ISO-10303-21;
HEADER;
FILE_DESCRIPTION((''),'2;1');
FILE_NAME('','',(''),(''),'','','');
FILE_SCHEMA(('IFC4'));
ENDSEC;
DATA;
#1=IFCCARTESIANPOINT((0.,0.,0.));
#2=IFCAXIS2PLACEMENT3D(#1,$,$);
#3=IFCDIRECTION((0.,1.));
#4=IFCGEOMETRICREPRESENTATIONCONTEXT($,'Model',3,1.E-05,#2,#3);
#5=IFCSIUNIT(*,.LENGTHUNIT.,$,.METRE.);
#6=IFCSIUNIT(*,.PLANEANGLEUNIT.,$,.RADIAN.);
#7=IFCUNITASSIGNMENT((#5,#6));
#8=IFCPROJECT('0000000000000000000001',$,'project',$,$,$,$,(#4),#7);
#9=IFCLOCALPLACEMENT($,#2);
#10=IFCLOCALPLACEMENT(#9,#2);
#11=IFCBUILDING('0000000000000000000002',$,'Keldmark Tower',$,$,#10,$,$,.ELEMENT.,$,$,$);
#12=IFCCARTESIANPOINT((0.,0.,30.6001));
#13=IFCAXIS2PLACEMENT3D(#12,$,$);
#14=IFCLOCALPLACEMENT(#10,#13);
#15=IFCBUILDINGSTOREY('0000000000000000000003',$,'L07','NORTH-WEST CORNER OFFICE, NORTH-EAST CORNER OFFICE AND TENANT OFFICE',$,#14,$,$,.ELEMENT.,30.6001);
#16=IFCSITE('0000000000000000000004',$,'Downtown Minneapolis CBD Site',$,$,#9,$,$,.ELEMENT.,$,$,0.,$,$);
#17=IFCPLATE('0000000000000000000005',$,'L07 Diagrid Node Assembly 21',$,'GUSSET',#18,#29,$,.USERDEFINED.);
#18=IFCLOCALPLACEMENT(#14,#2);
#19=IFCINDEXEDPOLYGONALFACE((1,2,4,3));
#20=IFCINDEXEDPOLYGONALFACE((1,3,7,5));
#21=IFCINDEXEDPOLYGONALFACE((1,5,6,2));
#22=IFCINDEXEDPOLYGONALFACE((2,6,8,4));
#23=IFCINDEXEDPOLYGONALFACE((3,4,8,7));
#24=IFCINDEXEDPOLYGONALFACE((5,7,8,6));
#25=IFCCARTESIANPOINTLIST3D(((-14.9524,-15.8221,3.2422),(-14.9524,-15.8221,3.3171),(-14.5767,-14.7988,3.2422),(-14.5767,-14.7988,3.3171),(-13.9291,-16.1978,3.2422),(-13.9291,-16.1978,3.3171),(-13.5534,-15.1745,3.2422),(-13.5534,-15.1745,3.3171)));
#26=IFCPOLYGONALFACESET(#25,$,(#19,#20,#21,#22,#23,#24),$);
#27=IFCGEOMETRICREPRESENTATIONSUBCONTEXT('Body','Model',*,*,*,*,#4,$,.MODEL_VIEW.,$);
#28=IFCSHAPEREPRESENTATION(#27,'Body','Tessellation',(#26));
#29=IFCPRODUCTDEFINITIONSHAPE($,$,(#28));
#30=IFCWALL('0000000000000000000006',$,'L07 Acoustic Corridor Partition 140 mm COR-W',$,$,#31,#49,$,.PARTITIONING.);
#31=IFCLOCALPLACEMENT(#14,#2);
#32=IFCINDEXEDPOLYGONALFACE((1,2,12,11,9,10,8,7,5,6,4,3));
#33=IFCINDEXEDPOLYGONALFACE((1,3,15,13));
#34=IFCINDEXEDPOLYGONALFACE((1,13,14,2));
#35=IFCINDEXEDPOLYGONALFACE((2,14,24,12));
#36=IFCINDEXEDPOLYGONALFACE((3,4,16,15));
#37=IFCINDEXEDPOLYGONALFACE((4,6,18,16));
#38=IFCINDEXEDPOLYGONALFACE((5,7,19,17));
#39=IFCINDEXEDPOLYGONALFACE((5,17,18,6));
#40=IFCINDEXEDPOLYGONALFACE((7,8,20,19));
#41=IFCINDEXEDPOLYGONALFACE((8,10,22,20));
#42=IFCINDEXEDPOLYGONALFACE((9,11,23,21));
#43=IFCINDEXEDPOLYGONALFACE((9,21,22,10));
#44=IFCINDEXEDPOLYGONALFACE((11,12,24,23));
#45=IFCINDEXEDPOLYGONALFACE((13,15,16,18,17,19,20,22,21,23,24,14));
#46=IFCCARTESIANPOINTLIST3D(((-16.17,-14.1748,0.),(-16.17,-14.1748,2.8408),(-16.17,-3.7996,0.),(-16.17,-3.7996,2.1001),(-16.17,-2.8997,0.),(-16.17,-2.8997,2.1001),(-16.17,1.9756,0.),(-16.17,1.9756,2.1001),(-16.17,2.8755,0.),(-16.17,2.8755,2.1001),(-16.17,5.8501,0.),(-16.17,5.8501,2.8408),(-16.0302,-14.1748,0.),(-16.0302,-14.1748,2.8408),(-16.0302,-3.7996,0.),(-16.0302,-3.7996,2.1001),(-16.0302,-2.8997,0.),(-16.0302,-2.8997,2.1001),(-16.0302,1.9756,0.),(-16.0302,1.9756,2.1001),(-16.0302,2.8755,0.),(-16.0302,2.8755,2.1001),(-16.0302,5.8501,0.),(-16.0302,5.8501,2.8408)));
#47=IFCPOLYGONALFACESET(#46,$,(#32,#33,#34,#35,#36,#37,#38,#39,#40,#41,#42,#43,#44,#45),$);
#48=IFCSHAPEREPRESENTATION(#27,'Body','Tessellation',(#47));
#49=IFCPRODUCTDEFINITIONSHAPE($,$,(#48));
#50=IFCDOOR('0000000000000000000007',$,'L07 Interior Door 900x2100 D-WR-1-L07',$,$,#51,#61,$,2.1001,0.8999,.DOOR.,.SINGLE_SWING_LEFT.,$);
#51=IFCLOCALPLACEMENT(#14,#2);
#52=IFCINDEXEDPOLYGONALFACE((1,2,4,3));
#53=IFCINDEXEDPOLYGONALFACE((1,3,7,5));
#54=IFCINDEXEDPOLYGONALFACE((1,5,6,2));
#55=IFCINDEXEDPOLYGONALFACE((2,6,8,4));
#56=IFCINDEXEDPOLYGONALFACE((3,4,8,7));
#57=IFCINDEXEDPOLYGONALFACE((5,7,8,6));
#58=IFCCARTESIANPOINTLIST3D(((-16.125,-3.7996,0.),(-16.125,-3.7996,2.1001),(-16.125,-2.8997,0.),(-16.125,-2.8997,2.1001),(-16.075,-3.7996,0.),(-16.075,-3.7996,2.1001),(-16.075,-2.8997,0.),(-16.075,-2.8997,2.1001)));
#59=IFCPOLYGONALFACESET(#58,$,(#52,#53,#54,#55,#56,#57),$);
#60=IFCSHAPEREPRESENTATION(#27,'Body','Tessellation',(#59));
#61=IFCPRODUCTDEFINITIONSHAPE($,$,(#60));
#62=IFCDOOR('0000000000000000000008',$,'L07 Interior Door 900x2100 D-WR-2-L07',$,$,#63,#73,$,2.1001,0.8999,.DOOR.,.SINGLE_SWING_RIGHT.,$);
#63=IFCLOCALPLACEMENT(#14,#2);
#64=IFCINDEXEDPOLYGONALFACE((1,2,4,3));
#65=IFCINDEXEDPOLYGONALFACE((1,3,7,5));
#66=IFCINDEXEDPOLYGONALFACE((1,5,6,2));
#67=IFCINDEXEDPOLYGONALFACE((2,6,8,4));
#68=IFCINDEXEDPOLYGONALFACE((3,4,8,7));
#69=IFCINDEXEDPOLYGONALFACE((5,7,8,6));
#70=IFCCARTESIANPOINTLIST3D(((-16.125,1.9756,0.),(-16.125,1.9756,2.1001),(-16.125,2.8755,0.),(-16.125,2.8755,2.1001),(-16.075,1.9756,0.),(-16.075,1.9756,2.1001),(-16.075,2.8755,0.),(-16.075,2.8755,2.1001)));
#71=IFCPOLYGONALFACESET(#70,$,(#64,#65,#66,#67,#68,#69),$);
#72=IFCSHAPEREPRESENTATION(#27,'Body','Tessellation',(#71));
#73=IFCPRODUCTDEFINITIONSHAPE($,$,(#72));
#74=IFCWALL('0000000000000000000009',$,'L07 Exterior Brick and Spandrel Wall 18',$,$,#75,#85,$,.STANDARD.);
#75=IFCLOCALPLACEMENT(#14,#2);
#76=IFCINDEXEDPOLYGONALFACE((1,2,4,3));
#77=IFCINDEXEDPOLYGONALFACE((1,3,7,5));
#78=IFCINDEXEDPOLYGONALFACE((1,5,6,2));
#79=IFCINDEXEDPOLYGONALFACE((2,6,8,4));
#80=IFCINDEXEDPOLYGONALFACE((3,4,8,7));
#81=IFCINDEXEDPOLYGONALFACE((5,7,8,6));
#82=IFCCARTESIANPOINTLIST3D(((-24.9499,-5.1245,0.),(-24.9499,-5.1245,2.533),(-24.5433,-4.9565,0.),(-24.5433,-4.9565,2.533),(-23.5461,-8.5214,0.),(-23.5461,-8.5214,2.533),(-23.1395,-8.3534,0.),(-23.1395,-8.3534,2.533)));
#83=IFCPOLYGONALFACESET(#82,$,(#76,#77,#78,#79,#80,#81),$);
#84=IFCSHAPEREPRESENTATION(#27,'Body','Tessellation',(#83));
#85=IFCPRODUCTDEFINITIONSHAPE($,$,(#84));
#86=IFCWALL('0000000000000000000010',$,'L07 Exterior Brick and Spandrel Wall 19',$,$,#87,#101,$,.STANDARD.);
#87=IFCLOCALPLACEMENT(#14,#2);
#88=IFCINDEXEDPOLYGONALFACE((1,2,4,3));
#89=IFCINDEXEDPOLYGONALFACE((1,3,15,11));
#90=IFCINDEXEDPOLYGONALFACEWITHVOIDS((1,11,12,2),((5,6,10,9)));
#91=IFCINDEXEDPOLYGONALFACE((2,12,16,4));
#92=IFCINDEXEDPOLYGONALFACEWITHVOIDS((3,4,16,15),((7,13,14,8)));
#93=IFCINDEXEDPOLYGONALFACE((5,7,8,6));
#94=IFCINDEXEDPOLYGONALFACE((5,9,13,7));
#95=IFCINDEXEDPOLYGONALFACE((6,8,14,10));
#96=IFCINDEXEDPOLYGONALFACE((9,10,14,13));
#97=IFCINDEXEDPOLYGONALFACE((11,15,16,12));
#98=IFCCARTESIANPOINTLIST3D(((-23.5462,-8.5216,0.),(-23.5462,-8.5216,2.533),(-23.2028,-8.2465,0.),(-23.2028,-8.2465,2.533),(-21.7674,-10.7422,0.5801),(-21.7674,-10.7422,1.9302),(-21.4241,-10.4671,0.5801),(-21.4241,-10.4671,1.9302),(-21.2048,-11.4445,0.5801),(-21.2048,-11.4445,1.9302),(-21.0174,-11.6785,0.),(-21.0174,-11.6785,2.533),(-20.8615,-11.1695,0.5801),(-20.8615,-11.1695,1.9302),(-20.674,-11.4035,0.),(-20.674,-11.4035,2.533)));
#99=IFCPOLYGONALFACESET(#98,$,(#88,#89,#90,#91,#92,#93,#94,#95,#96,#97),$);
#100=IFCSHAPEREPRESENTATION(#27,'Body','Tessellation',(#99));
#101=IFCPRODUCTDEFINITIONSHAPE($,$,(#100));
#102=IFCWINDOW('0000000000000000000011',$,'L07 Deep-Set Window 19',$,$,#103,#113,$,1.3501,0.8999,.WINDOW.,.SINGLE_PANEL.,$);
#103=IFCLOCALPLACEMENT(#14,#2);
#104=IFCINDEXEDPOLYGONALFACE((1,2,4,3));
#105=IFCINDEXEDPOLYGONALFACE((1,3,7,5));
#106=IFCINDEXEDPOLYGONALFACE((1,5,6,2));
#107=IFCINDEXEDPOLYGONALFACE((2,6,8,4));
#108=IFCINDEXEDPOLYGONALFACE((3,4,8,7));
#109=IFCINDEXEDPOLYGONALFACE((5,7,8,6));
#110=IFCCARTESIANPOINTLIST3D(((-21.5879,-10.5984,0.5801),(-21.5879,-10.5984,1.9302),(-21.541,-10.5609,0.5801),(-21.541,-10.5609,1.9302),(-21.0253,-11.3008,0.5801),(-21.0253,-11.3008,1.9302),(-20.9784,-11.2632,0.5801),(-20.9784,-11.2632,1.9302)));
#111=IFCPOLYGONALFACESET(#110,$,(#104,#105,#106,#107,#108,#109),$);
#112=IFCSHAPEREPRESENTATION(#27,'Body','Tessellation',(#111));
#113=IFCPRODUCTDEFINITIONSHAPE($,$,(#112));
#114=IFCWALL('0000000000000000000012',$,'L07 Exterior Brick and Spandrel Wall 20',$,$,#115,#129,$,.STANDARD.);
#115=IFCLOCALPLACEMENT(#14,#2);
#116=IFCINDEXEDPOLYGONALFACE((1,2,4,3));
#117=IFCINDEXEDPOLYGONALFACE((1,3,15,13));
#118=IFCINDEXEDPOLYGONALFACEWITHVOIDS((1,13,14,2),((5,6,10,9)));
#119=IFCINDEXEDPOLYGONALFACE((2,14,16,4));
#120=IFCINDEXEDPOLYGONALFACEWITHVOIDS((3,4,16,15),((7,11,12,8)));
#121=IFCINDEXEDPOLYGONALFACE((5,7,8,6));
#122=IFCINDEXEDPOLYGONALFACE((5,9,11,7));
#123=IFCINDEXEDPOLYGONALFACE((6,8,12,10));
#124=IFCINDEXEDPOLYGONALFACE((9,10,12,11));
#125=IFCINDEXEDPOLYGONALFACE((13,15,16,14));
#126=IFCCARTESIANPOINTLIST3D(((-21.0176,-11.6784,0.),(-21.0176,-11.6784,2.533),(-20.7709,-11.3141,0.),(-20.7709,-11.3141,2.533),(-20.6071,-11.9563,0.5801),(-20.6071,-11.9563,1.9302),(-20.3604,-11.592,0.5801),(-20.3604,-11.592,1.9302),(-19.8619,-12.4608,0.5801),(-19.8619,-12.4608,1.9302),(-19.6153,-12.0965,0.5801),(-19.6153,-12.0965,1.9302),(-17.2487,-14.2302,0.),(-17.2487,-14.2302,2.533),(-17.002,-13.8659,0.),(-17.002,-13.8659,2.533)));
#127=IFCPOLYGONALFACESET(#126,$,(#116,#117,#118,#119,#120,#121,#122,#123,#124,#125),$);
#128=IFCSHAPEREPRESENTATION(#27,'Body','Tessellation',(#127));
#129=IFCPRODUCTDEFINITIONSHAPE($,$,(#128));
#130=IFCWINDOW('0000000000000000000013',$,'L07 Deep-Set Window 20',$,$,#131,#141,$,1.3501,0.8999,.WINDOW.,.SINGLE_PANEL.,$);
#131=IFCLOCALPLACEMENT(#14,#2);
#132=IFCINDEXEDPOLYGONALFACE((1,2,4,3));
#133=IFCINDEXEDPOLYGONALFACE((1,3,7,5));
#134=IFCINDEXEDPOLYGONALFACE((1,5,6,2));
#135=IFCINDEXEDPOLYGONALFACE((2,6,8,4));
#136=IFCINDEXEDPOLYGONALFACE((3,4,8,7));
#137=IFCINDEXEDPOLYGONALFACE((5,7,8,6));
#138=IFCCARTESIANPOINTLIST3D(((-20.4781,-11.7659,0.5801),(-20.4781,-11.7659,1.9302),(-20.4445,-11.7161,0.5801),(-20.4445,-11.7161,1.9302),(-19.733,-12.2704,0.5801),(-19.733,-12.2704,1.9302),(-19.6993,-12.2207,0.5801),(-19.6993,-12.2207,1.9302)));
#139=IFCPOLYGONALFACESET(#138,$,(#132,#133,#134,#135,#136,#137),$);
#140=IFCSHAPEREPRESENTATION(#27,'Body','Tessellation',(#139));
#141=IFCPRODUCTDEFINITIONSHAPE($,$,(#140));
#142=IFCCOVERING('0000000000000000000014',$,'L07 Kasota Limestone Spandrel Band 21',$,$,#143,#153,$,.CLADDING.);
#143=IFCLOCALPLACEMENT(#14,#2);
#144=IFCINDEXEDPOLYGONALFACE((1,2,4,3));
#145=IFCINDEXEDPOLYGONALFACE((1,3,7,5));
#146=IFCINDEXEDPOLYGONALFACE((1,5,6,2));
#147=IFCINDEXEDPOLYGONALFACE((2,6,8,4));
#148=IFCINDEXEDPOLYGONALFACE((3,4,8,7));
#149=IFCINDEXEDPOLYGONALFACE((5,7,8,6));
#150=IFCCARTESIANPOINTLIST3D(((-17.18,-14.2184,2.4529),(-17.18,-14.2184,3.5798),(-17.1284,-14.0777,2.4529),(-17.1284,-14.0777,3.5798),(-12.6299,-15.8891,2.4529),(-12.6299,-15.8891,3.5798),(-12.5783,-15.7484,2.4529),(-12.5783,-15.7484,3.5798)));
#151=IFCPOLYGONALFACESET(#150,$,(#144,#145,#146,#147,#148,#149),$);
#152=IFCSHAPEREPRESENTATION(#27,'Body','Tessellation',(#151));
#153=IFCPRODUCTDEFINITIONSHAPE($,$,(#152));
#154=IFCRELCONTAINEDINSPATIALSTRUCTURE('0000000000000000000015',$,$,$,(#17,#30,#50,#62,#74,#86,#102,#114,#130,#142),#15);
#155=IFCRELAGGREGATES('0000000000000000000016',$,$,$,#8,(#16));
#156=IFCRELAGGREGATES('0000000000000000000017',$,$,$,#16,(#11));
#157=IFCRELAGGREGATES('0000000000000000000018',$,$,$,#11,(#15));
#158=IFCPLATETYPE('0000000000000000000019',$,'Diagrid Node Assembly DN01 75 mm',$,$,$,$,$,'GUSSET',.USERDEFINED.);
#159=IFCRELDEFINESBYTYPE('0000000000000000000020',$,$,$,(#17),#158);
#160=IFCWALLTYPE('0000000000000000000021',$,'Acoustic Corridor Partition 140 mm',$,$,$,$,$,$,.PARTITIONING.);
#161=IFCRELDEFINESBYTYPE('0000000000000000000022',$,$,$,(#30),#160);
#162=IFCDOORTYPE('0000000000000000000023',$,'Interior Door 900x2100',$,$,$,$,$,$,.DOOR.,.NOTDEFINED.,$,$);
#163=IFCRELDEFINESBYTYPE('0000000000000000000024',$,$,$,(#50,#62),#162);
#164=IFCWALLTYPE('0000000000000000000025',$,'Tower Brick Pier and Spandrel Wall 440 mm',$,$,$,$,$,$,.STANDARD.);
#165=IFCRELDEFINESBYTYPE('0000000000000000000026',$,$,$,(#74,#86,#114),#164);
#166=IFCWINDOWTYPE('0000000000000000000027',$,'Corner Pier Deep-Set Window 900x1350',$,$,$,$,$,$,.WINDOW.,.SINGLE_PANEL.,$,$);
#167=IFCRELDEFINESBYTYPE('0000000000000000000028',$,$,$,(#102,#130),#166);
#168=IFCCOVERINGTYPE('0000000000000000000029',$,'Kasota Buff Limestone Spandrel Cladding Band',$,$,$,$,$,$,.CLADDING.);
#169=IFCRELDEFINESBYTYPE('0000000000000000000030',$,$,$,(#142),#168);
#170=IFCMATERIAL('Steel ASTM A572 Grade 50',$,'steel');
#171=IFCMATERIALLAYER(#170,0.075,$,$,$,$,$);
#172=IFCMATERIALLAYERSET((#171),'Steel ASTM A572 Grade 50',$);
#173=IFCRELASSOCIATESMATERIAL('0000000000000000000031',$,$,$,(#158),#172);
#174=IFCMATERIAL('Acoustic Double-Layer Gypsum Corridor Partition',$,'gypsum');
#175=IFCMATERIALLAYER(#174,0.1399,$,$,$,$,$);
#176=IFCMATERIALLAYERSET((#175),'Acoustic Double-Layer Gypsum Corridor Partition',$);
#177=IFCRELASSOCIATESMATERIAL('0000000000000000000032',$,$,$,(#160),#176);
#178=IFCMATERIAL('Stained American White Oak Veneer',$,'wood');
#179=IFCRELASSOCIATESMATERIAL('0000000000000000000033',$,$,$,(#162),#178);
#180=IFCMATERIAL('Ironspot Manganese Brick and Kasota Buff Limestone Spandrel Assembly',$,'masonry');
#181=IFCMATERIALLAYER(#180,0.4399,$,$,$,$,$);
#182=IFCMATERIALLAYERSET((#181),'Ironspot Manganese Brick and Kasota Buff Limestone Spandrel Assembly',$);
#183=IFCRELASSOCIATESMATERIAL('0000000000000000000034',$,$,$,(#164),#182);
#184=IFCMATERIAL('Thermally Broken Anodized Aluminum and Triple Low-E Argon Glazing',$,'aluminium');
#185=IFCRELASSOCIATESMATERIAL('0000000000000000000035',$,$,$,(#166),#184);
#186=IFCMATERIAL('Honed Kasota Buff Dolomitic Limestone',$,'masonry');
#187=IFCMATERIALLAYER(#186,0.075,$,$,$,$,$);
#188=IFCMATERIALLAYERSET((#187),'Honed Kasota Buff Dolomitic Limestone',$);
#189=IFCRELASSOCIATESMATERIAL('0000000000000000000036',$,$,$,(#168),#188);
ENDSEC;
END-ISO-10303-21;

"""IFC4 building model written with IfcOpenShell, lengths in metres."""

from ifc_helpers import new_model, si_unit, direction, frame, frame_2d, origin, origin_2d, place, context, subcontext, project, spatial, rectangle, extrude, material, layer, layer_set, type_object, element, fill, save


model = new_model("IFC4")

# Units and contexts
model_context = context("Model", 3, precision=1e-05, world=origin(), true_north=direction((0.0, 1.0)))
body_context = subcontext(model_context, "Body", "Model", "MODEL_VIEW")
ifc_project = project(units=[si_unit("LENGTHUNIT", "METRE"), si_unit("PLANEANGLEUNIT", "RADIAN")], contexts=[model_context])

# Site, building, storey
site_placement = place(None, origin())
site = spatial("IfcSite", under=ifc_project, at=site_placement, Name="Downtown Minneapolis CBD Site", CompositionType="ELEMENT", RefElevation=0.0)
building_placement = place(site_placement, origin())
building = spatial("IfcBuilding", under=site, at=building_placement, Name="Keldmark Tower", CompositionType="ELEMENT")
storey_placement = place(building_placement, frame((0.0, 0.0, 30.6001)))
storey = spatial("IfcBuildingStorey", under=building, at=storey_placement, Name="L07", Description="NORTH-WEST CORNER OFFICE, NORTH-EAST CORNER OFFICE AND TENANT OFFICE", CompositionType="ELEMENT", Elevation=30.6001)

# Plate
ifc_material_1 = material(Name="Steel ASTM A572 Grade 50", Category="steel")
ifc_layer_1 = layer(ifc_material_1, 0.075)
ifc_layer_set_1 = layer_set([ifc_layer_1], Name="Steel ASTM A572 Grade 50")
plate_type = type_object("IfcPlateType", Name="Diagrid Node Assembly DN01 75 mm", ElementType="GUSSET", PredefinedType="USERDEFINED", material=ifc_layer_set_1)
for number, where, z_axis, x_axis, name in (
    (1, (-14.2529, -15.4983, 3.2422), (0.0, 0.0, 1.0), (0.938734, -0.344643, 0.0), "L07 Diagrid Node Assembly 21"),
):
    element("IfcPlate", number, at=place(storey_placement, frame(where, z_axis=z_axis, x_axis=x_axis)), inside=storey, type_object=plate_type, Name=name, ObjectType="GUSSET", PredefinedType="USERDEFINED", context=body_context, shape_type="SweptSolid", body=[
        extrude(rectangle(XDim=1.0901, YDim=1.0901, at=origin_2d()), origin(), (0.0, 0.0, 1.0), 0.075),
    ])

# Wall, openings, doors
ifc_material_2 = material(Name="Acoustic Double-Layer Gypsum Corridor Partition", Category="gypsum")
ifc_layer_2 = layer(ifc_material_2, 0.1399)
ifc_layer_set_2 = layer_set([ifc_layer_2], Name="Acoustic Double-Layer Gypsum Corridor Partition")
wall_type_1 = type_object("IfcWallType", Name="Acoustic Corridor Partition 140 mm", PredefinedType="PARTITIONING", material=ifc_layer_set_2)
wall_1_placement = place(storey_placement, frame((-16.1001, -14.1748, 0.0), z_axis=(0.0, 0.0, 1.0), x_axis=(0.0, 1.0, 0.0)))
wall_1 = element("IfcWall", 2, at=wall_1_placement, inside=storey, type_object=wall_type_1, Name="L07 Acoustic Corridor Partition 140 mm COR-W", PredefinedType="PARTITIONING", context=body_context, shape_type="SweptSolid", body=[
    extrude(rectangle(XDim=20.0249, YDim=0.1399, at=frame_2d((10.0125, 0.0))), origin(), (0.0, 0.0, 1.0), 2.8408),
])
opening_1_placement = place(wall_1_placement, frame((10.3752, 0.0, 0.0)))
opening_1 = element("IfcOpeningElement", 3, at=opening_1_placement, cuts=wall_1, PredefinedType="OPENING", context=body_context, shape_type="SweptSolid", body=[
    extrude(rectangle(XDim=0.8999, YDim=2.1001, at=frame_2d((0.45, 1.05))), frame((0.0, 0.0798, 0.0), z_axis=(0.0, -1.0, 0.0), x_axis=(1.0, 0.0, 0.0)), (0.0, 0.0, 1.0), 0.1599),
])
opening_2_placement = place(wall_1_placement, frame((16.1504, 0.0, 0.0)))
opening_2 = element("IfcOpeningElement", 4, at=opening_2_placement, cuts=wall_1, PredefinedType="OPENING", context=body_context, shape_type="SweptSolid", body=[
    extrude(rectangle(XDim=0.8999, YDim=2.1001, at=frame_2d((0.45, 1.05))), frame((0.0, 0.0798, 0.0), z_axis=(0.0, -1.0, 0.0), x_axis=(1.0, 0.0, 0.0)), (0.0, 0.0, 1.0), 0.1599),
])
ifc_material_3 = material(Name="Stained American White Oak Veneer", Category="wood")
door_type = type_object("IfcDoorType", Name="Interior Door 900x2100", OperationType="NOTDEFINED", PredefinedType="DOOR", material=ifc_material_3)
door_1_placement = place(opening_1_placement, origin())
door_1 = element("IfcDoor", 5, at=door_1_placement, inside=storey, type_object=door_type, Name="L07 Interior Door 900x2100 D-WR-1-L07", OperationType="SINGLE_SWING_LEFT", OverallHeight=2.1001, OverallWidth=0.8999, PredefinedType="DOOR", context=body_context, shape_type="SweptSolid", body=[
    extrude(rectangle(XDim=0.8999, YDim=2.1001, at=frame_2d((0.45, 1.05))), frame((0.0, 0.0249, 0.0), z_axis=(0.0, -1.0, 0.0), x_axis=(1.0, 0.0, 0.0)), (0.0, 0.0, 1.0), 0.05),
])
fill(opening_1, door_1)
door_2_placement = place(opening_2_placement, origin())
door_2 = element("IfcDoor", 6, at=door_2_placement, inside=storey, type_object=door_type, Name="L07 Interior Door 900x2100 D-WR-2-L07", OperationType="SINGLE_SWING_RIGHT", OverallHeight=2.1001, OverallWidth=0.8999, PredefinedType="DOOR", context=body_context, shape_type="SweptSolid", body=[
    extrude(rectangle(XDim=0.8999, YDim=2.1001, at=frame_2d((0.45, 1.05))), frame((0.0, 0.0249, 0.0), z_axis=(0.0, -1.0, 0.0), x_axis=(1.0, 0.0, 0.0)), (0.0, 0.0, 1.0), 0.05),
])
fill(opening_2, door_2)

# Wall
ifc_material_4 = material(Name="Ironspot Manganese Brick and Kasota Buff Limestone Spandrel Assembly", Category="masonry")
ifc_layer_3 = layer(ifc_material_4, 0.4399)
ifc_layer_set_3 = layer_set([ifc_layer_3], Name="Ironspot Manganese Brick and Kasota Buff Limestone Spandrel Assembly")
wall_type_2 = type_object("IfcWallType", Name="Tower Brick Pier and Spandrel Wall 440 mm", PredefinedType="STANDARD", material=ifc_layer_set_3)
wall_2_placement = place(storey_placement, frame((-23.3428, -8.4375, 0.0), z_axis=(0.0, 0.0, 1.0), x_axis=(-0.381925, 0.924193, 0.0)))
element("IfcWall", 7, at=wall_2_placement, inside=storey, type_object=wall_type_2, Name="L07 Exterior Brick and Spandrel Wall 18", PredefinedType="STANDARD", context=body_context, shape_type="SweptSolid", body=[
    extrude(rectangle(XDim=3.6755, YDim=0.4399, at=frame_2d((1.8379, 0.0))), origin(), (0.0, 0.0, 1.0), 2.533),
])

# Walls, openings, windows
wall_3_placement = place(storey_placement, frame((-20.8457, -11.541, 0.0), z_axis=(0.0, 0.0, 1.0), x_axis=(-0.625181, 0.78048, 0.0)))
wall_3 = element("IfcWall", 8, at=wall_3_placement, inside=storey, type_object=wall_type_2, Name="L07 Exterior Brick and Spandrel Wall 19", PredefinedType="STANDARD", context=body_context, shape_type="SweptSolid", body=[
    extrude(rectangle(XDim=4.0449, YDim=0.4399, at=frame_2d((2.0225, 0.0))), origin(), (0.0, 0.0, 1.0), 2.533),
])
opening_3_placement = place(wall_3_placement, frame((0.2998, 0.0, 0.5801)))
opening_3 = element("IfcOpeningElement", 9, at=opening_3_placement, cuts=wall_3, PredefinedType="OPENING", context=body_context, shape_type="SweptSolid", body=[
    extrude(rectangle(XDim=0.8999, YDim=1.3501, at=frame_2d((0.45, 0.675))), frame((0.0, 0.23, 0.0), z_axis=(0.0, -1.0, 0.0), x_axis=(1.0, 0.0, 0.0)), (0.0, 0.0, 1.0), 0.46),
])
ifc_material_5 = material(Name="Thermally Broken Anodized Aluminum and Triple Low-E Argon Glazing", Category="aluminium")
window_type = type_object("IfcWindowType", Name="Corner Pier Deep-Set Window 900x1350", PartitioningType="SINGLE_PANEL", PredefinedType="WINDOW", material=ifc_material_5)
window_1_placement = place(opening_3_placement, origin())
window_1 = element("IfcWindow", 10, at=window_1_placement, inside=storey, type_object=window_type, Name="L07 Deep-Set Window 19", OverallHeight=1.3501, OverallWidth=0.8999, PartitioningType="SINGLE_PANEL", PredefinedType="WINDOW", context=body_context, shape_type="SweptSolid", body=[
    extrude(rectangle(XDim=0.8999, YDim=1.3501, at=frame_2d((0.45, 0.675))), frame((0.0, -0.01, 0.0), z_axis=(0.0, -1.0, 0.0), x_axis=(1.0, 0.0, 0.0)), (0.0, 0.0, 1.0), 0.0601),
])
fill(opening_3, window_1)
wall_4_placement = place(storey_placement, frame((-17.1252, -14.0481, 0.0), z_axis=(0.0, 0.0, 1.0), x_axis=(-0.828051, 0.560652, 0.0)))
wall_4 = element("IfcWall", 11, at=wall_4_placement, inside=storey, type_object=wall_type_2, Name="L07 Exterior Brick and Spandrel Wall 20", PredefinedType="STANDARD", context=body_context, shape_type="SweptSolid", body=[
    extrude(rectangle(XDim=4.5515, YDim=0.4399, at=frame_2d((2.2759, 0.0))), origin(), (0.0, 0.0, 1.0), 2.533),
])
opening_4_placement = place(wall_4_placement, frame((3.156, 0.0, 0.5801)))
opening_4 = element("IfcOpeningElement", 12, at=opening_4_placement, cuts=wall_4, PredefinedType="OPENING", context=body_context, shape_type="SweptSolid", body=[
    extrude(rectangle(XDim=0.8999, YDim=1.3501, at=frame_2d((0.45, 0.675))), frame((0.0, 0.23, 0.0), z_axis=(0.0, -1.0, 0.0), x_axis=(1.0, 0.0, 0.0)), (0.0, 0.0, 1.0), 0.46),
])
window_2_placement = place(opening_4_placement, origin())
window_2 = element("IfcWindow", 13, at=window_2_placement, inside=storey, type_object=window_type, Name="L07 Deep-Set Window 20", OverallHeight=1.3501, OverallWidth=0.8999, PartitioningType="SINGLE_PANEL", PredefinedType="WINDOW", context=body_context, shape_type="SweptSolid", body=[
    extrude(rectangle(XDim=0.8999, YDim=1.3501, at=frame_2d((0.45, 0.675))), frame((0.0, -0.01, 0.0), z_axis=(0.0, -1.0, 0.0), x_axis=(1.0, 0.0, 0.0)), (0.0, 0.0, 1.0), 0.0601),
])
fill(opening_4, window_2)

# Covering
ifc_material_6 = material(Name="Honed Kasota Buff Dolomitic Limestone", Category="masonry")
ifc_layer_4 = layer(ifc_material_6, 0.075)
ifc_layer_set_4 = layer_set([ifc_layer_4], Name="Honed Kasota Buff Dolomitic Limestone")
covering_type = type_object("IfcCoveringType", Name="Kasota Buff Limestone Spandrel Cladding Band", PredefinedType="CLADDING", material=ifc_layer_set_4)
covering_placement = place(storey_placement, frame((-14.8792, -14.9834, 2.4529), z_axis=(0.0, 0.0, 1.0), x_axis=(0.938716, -0.344692, 0.0)))
element("IfcCovering", 14, at=covering_placement, inside=storey, type_object=covering_type, Name="L07 Kasota Limestone Spandrel Band 21", PredefinedType="CLADDING", context=body_context, shape_type="SweptSolid", body=[
    extrude(rectangle(XDim=4.8472, YDim=0.1499, at=origin_2d()), origin(), (0.0, 0.0, 1.0), 1.127),
])

save(model, "model.ifc")
